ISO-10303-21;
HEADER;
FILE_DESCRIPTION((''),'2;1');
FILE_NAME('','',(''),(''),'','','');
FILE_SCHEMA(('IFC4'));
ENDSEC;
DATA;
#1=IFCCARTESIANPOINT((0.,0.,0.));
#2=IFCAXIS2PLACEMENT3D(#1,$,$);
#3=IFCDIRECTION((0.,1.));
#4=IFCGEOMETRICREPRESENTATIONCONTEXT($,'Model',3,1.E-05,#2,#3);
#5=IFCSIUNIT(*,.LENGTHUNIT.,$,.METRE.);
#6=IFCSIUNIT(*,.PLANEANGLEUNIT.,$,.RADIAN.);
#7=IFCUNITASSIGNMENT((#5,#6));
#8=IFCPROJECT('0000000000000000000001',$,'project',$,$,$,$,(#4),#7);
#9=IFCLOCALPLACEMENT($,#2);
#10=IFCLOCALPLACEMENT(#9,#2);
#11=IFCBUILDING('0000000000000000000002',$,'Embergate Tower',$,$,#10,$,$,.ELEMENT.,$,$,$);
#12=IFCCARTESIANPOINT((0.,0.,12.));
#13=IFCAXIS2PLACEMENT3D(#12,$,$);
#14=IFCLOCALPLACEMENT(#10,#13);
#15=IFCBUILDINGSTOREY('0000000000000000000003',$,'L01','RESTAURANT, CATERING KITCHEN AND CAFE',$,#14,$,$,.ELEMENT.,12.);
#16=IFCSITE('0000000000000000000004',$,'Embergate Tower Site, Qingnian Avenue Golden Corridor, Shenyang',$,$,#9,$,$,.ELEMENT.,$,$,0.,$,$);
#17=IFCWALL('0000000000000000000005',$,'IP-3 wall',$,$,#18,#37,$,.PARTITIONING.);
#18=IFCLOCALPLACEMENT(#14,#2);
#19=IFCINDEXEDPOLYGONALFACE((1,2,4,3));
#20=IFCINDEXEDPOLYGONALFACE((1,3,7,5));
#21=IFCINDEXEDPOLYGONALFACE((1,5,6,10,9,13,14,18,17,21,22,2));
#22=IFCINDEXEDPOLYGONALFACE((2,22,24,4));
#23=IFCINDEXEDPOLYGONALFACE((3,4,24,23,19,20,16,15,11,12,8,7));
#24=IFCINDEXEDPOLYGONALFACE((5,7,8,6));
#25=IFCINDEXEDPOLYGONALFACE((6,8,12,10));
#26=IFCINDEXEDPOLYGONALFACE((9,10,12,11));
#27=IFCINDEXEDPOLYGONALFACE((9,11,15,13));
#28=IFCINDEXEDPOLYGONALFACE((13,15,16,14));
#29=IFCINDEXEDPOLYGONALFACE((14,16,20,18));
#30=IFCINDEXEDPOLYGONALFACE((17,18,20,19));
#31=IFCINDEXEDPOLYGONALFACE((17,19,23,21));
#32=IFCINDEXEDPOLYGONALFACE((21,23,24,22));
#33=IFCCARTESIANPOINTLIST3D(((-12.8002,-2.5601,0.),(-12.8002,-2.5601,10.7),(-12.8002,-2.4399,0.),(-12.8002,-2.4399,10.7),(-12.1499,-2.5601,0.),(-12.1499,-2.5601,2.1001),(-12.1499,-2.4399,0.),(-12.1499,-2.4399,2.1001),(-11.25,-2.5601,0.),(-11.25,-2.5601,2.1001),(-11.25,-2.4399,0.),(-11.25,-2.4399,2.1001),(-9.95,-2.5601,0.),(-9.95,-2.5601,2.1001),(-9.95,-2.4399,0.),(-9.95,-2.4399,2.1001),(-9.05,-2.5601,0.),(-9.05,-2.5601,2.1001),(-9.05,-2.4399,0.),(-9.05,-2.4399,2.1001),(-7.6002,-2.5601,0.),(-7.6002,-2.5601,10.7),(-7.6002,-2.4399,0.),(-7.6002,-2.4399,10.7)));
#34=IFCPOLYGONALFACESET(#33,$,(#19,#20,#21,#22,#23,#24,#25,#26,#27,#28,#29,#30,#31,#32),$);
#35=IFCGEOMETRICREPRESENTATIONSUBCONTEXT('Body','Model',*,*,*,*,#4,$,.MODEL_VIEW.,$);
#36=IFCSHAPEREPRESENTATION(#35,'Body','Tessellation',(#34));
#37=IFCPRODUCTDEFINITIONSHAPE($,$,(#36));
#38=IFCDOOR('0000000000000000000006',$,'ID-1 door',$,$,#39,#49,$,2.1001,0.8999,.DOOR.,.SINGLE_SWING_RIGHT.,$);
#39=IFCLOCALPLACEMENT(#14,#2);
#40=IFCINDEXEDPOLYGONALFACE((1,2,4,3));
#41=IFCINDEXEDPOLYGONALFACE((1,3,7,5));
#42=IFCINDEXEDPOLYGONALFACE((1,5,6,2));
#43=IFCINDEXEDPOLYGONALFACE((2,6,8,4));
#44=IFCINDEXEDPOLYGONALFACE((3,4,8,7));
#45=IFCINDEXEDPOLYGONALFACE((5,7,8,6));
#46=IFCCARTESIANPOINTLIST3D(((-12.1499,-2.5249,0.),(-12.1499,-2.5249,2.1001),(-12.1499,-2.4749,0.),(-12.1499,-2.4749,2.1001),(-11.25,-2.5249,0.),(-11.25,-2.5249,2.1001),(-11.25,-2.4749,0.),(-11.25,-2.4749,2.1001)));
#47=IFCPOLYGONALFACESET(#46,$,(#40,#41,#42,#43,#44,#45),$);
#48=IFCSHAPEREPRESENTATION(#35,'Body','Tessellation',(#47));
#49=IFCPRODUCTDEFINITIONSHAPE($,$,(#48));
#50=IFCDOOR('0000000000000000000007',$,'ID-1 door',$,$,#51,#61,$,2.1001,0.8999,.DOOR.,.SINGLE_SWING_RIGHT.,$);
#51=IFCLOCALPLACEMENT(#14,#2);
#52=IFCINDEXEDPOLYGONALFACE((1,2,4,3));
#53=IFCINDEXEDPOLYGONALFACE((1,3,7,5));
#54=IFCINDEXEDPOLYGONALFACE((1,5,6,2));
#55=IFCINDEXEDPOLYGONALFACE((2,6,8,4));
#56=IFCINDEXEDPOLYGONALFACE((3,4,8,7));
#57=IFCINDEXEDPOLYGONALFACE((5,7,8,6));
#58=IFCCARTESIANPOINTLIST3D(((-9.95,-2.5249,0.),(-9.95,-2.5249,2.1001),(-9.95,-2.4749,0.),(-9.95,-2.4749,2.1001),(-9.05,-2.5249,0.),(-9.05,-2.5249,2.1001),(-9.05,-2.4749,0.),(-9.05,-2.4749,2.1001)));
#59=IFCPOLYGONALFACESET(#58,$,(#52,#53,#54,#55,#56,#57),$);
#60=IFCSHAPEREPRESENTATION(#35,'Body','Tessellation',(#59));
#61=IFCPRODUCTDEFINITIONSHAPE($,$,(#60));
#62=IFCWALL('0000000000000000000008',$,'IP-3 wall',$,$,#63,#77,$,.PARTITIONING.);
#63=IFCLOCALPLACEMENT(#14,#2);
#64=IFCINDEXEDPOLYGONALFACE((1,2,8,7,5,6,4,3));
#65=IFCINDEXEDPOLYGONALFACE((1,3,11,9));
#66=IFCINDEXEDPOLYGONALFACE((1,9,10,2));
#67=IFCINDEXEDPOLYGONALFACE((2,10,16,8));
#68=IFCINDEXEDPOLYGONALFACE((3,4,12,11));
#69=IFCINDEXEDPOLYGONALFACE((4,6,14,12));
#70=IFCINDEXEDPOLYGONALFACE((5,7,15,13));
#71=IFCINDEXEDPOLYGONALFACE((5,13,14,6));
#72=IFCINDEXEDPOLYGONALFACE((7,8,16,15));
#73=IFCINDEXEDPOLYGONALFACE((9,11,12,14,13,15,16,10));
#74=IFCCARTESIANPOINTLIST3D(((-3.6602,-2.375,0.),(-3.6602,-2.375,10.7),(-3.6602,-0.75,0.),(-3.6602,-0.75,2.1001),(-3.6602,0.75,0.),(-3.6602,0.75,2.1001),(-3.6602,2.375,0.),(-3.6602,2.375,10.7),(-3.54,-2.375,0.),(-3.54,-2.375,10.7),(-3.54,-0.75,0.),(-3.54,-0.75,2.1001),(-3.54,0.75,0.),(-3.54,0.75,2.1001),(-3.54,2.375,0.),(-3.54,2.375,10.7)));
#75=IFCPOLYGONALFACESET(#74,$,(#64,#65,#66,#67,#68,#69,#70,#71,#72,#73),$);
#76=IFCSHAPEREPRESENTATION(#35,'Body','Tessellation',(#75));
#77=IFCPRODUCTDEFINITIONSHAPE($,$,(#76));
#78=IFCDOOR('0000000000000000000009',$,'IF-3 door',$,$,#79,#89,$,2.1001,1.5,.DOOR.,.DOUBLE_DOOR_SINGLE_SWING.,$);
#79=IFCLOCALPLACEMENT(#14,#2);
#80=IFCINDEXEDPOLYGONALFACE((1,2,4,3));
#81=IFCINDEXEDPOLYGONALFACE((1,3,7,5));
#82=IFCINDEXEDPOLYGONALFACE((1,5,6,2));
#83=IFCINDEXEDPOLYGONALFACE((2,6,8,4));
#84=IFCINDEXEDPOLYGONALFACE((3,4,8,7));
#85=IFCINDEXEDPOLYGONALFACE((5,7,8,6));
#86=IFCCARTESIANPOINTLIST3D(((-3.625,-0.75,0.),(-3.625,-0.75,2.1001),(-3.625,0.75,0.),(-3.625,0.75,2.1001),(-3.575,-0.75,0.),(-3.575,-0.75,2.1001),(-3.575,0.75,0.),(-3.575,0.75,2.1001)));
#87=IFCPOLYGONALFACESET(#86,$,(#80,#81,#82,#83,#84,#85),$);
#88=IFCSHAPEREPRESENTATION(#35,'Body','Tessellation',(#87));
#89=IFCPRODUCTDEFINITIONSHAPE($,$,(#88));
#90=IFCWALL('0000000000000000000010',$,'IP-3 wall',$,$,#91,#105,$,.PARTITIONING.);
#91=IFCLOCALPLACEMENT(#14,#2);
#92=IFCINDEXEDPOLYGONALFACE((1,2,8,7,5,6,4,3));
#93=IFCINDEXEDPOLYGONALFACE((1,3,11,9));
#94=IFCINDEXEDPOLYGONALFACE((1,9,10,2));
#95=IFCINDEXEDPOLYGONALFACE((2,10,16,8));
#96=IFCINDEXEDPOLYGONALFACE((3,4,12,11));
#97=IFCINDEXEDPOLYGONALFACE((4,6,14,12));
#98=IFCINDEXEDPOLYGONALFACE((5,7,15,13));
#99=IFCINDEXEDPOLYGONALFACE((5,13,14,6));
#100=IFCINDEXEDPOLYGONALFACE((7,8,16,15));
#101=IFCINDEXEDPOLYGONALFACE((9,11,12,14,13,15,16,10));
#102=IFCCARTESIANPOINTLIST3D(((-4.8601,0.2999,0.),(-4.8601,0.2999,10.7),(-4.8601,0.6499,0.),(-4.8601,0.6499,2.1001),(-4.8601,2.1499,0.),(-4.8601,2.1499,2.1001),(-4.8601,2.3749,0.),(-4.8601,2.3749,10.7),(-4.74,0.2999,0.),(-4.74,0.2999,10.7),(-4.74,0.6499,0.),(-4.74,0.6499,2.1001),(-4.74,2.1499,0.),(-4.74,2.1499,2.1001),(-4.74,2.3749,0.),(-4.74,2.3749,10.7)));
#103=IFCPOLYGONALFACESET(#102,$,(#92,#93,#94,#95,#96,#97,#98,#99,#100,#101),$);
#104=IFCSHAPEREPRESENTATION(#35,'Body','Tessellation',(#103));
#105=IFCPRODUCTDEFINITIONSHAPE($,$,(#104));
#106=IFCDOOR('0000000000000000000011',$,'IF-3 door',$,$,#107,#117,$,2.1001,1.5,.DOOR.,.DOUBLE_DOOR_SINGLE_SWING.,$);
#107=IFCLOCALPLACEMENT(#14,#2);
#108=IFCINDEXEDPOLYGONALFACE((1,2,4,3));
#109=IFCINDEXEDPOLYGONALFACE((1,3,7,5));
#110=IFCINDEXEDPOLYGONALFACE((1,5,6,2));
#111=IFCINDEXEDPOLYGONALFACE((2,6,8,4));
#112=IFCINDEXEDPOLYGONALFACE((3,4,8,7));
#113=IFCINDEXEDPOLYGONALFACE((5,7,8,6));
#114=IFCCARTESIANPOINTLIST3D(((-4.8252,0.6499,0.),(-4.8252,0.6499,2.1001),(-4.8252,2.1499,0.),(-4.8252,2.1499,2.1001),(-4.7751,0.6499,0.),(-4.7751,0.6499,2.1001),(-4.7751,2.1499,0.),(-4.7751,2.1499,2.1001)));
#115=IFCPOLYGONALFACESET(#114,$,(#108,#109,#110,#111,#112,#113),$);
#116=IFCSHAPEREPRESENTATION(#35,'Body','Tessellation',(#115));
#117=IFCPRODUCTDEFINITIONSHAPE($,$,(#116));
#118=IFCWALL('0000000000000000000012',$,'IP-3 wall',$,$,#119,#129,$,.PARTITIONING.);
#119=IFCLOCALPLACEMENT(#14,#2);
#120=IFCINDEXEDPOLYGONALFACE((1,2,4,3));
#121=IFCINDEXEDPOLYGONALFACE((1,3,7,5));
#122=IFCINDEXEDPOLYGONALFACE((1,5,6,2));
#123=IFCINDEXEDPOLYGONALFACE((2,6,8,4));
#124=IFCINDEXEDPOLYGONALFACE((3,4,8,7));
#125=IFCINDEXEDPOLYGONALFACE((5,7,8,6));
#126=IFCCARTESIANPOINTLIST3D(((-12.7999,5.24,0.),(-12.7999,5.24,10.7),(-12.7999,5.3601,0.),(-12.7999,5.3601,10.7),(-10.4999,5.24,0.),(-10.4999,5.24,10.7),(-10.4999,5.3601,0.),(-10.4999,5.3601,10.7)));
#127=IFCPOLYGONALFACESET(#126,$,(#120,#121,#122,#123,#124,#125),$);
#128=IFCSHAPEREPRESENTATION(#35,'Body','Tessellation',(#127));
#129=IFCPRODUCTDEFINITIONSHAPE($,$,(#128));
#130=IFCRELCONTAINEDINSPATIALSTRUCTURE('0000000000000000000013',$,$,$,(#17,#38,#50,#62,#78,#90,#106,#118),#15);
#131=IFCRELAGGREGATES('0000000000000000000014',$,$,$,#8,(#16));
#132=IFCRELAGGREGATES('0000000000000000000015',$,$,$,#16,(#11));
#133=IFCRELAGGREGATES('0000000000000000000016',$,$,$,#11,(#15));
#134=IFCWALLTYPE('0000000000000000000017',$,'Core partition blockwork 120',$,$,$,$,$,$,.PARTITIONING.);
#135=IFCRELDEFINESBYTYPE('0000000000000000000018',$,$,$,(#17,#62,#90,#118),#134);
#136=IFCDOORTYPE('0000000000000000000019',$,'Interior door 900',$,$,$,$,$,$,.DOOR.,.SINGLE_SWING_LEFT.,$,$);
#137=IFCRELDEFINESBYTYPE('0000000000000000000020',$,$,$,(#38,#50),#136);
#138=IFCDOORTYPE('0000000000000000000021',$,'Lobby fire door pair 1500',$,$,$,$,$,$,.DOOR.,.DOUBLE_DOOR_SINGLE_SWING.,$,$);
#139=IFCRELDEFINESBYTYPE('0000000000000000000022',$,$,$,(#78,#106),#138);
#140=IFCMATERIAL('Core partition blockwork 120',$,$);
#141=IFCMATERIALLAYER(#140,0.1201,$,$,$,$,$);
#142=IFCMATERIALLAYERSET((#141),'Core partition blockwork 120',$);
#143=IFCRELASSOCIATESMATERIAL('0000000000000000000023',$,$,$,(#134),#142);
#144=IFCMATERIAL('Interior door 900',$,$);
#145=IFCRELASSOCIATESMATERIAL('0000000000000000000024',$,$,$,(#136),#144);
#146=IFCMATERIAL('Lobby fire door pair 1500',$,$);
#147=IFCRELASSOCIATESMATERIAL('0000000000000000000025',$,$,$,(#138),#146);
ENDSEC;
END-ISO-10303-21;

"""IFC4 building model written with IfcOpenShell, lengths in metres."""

from ifc_helpers import new_model, si_unit, direction, frame, frame_2d, origin, place, context, subcontext, project, spatial, rectangle, extrude, source, transform, mapped, material, layer, layer_set, type_object, element, fill, save


model = new_model("IFC4")

# Units and contexts
model_context = context("Model", 3, precision=1e-05, world=origin(), true_north=direction((0.0, 1.0)))
body_context = subcontext(model_context, "Body", "Model", "MODEL_VIEW")
ifc_project = project(units=[si_unit("LENGTHUNIT", "METRE"), si_unit("PLANEANGLEUNIT", "RADIAN")], contexts=[model_context])

# Site, building, storey
site_placement = place(None, origin())
site = spatial("IfcSite", under=ifc_project, at=site_placement, Name="Embergate Tower Site, Qingnian Avenue Golden Corridor, Shenyang", CompositionType="ELEMENT", RefElevation=0.0)
building_placement = place(site_placement, origin())
building = spatial("IfcBuilding", under=site, at=building_placement, Name="Embergate Tower", CompositionType="ELEMENT")
storey_placement = place(building_placement, frame((0.0, 0.0, 12.0)))
storey = spatial("IfcBuildingStorey", under=building, at=storey_placement, Name="L01", Description="RESTAURANT, CATERING KITCHEN AND CAFE", CompositionType="ELEMENT", Elevation=12.0)

# Shared definitions
ifc_material_1 = material(Name="Core partition blockwork 120")
ifc_layer_1 = layer(ifc_material_1, 0.1201)
ifc_layer_set_1 = layer_set([ifc_layer_1], Name="Core partition blockwork 120")
wall_type_1 = type_object("IfcWallType", Name="Core partition blockwork 120", PredefinedType="PARTITIONING", material=ifc_layer_set_1)

# Wall, openings, doors
shared_shape_1 = source(origin(), body_context, "Body", "SweptSolid", [
    extrude(rectangle(XDim=5.2, YDim=0.1201, at=frame_2d((2.6001, 0.0))), origin(), (0.0, 0.0, 1.0), 10.7),
])
wall_1_placement = place(storey_placement, frame((-7.6001, -2.5, 0.0), z_axis=(0.0, 0.0, 1.0), x_axis=(-1.0, 0.0, 0.0)))
wall_1 = element("IfcWall", 1, at=wall_1_placement, inside=storey, type_object=wall_type_1, Name="IP-3 wall", PredefinedType="PARTITIONING", context=body_context, shape_type="MappedRepresentation", body=[
    mapped(shared_shape_1, transform((0.0, 0.0, 0.0))),
])
shared_shape_2 = source(origin(), body_context, "Body", "SweptSolid", [
    extrude(rectangle(XDim=0.8999, YDim=2.1001, at=frame_2d((0.45, 1.05))), frame((0.0, 0.0701, 0.0), z_axis=(0.0, -1.0, 0.0), x_axis=(1.0, 0.0, 0.0)), (0.0, 0.0, 1.0), 0.1401),
])
opening_1_placement = place(wall_1_placement, frame((3.6499, 0.0, 0.0)))
opening_1 = element("IfcOpeningElement", 2, at=opening_1_placement, cuts=wall_1, PredefinedType="OPENING", context=body_context, shape_type="MappedRepresentation", body=[
    mapped(shared_shape_2, transform((0.0, 0.0, 0.0))),
])
opening_2_placement = place(wall_1_placement, frame((1.45, 0.0, 0.0)))
opening_2 = element("IfcOpeningElement", 3, at=opening_2_placement, cuts=wall_1, PredefinedType="OPENING", context=body_context, shape_type="MappedRepresentation", body=[
    mapped(shared_shape_2, transform((0.0, 0.0, 0.0))),
])
ifc_material_2 = material(Name="Interior door 900")
door_type_1 = type_object("IfcDoorType", Name="Interior door 900", OperationType="SINGLE_SWING_LEFT", PredefinedType="DOOR", material=ifc_material_2)
shared_shape_3 = source(origin(), body_context, "Body", "SweptSolid", [
    extrude(rectangle(XDim=0.8999, YDim=2.1001, at=frame_2d((0.45, 1.05))), frame((0.0, 0.0249, 0.0), z_axis=(0.0, -1.0, 0.0), x_axis=(1.0, 0.0, 0.0)), (0.0, 0.0, 1.0), 0.05),
])
door_1_placement = place(opening_1_placement, origin())
door_1 = element("IfcDoor", 4, at=door_1_placement, inside=storey, type_object=door_type_1, Name="ID-1 door", OperationType="SINGLE_SWING_RIGHT", OverallHeight=2.1001, OverallWidth=0.8999, PredefinedType="DOOR", context=body_context, shape_type="MappedRepresentation", body=[
    mapped(shared_shape_3, transform((0.0, 0.0, 0.0))),
])
fill(opening_1, door_1)
door_2_placement = place(opening_2_placement, origin())
door_2 = element("IfcDoor", 5, at=door_2_placement, inside=storey, type_object=door_type_1, Name="ID-1 door", OperationType="SINGLE_SWING_RIGHT", OverallHeight=2.1001, OverallWidth=0.8999, PredefinedType="DOOR", context=body_context, shape_type="MappedRepresentation", body=[
    mapped(shared_shape_3, transform((0.0, 0.0, 0.0))),
])
fill(opening_2, door_2)

# Walls, openings, doors
shared_shape_4 = source(origin(), body_context, "Body", "SweptSolid", [
    extrude(rectangle(XDim=4.75, YDim=0.1201, at=frame_2d((2.375, 0.0))), origin(), (0.0, 0.0, 1.0), 10.7),
])
wall_2_placement = place(storey_placement, frame((-3.6001, -2.375, 0.0), z_axis=(0.0, 0.0, 1.0), x_axis=(0.0, 1.0, 0.0)))
wall_2 = element("IfcWall", 6, at=wall_2_placement, inside=storey, type_object=wall_type_1, Name="IP-3 wall", PredefinedType="PARTITIONING", context=body_context, shape_type="MappedRepresentation", body=[
    mapped(shared_shape_4, transform((0.0, 0.0, 0.0))),
])
shared_shape_5 = source(origin(), body_context, "Body", "SweptSolid", [
    extrude(rectangle(XDim=1.5, YDim=2.1001, at=frame_2d((0.75, 1.05))), frame((0.0, 0.0701, 0.0), z_axis=(0.0, -1.0, 0.0), x_axis=(1.0, 0.0, 0.0)), (0.0, 0.0, 1.0), 0.1401),
])
opening_3_placement = place(wall_2_placement, frame((1.625, 0.0, 0.0)))
opening_3 = element("IfcOpeningElement", 7, at=opening_3_placement, cuts=wall_2, PredefinedType="OPENING", context=body_context, shape_type="MappedRepresentation", body=[
    mapped(shared_shape_5, transform((0.0, 0.0, 0.0))),
])
ifc_material_3 = material(Name="Lobby fire door pair 1500")
door_type_2 = type_object("IfcDoorType", Name="Lobby fire door pair 1500", OperationType="DOUBLE_DOOR_SINGLE_SWING", PredefinedType="DOOR", material=ifc_material_3)
shared_shape_6 = source(origin(), body_context, "Body", "SweptSolid", [
    extrude(rectangle(XDim=1.5, YDim=2.1001, at=frame_2d((0.75, 1.05))), frame((0.0, 0.0249, 0.0), z_axis=(0.0, -1.0, 0.0), x_axis=(1.0, 0.0, 0.0)), (0.0, 0.0, 1.0), 0.05),
])
door_3_placement = place(opening_3_placement, origin())
door_3 = element("IfcDoor", 8, at=door_3_placement, inside=storey, type_object=door_type_2, Name="IF-3 door", OperationType="DOUBLE_DOOR_SINGLE_SWING", OverallHeight=2.1001, OverallWidth=1.5, PredefinedType="DOOR", context=body_context, shape_type="MappedRepresentation", body=[
    mapped(shared_shape_6, transform((0.0, 0.0, 0.0))),
])
fill(opening_3, door_3)
shared_shape_7 = source(origin(), body_context, "Body", "SweptSolid", [
    extrude(rectangle(XDim=2.075, YDim=0.1201, at=frame_2d((1.0376, 0.0))), origin(), (0.0, 0.0, 1.0), 10.7),
])
wall_3_placement = place(storey_placement, frame((-4.8, 2.375, 0.0), z_axis=(0.0, 0.0, 1.0), x_axis=(0.0, -1.0, 0.0)))
wall_3 = element("IfcWall", 9, at=wall_3_placement, inside=storey, type_object=wall_type_1, Name="IP-3 wall", PredefinedType="PARTITIONING", context=body_context, shape_type="MappedRepresentation", body=[
    mapped(shared_shape_7, transform((0.0, 0.0, 0.0))),
])
opening_4_placement = place(wall_3_placement, frame((0.2251, 0.0, 0.0)))
opening_4 = element("IfcOpeningElement", 10, at=opening_4_placement, cuts=wall_3, PredefinedType="OPENING", context=body_context, shape_type="MappedRepresentation", body=[
    mapped(shared_shape_5, transform((0.0, 0.0, 0.0))),
])
door_4_placement = place(opening_4_placement, origin())
door_4 = element("IfcDoor", 11, at=door_4_placement, inside=storey, type_object=door_type_2, Name="IF-3 door", OperationType="DOUBLE_DOOR_SINGLE_SWING", OverallHeight=2.1001, OverallWidth=1.5, PredefinedType="DOOR", context=body_context, shape_type="MappedRepresentation", body=[
    mapped(shared_shape_6, transform((0.0, 0.0, 0.0))),
])
fill(opening_4, door_4)

# Wall
shared_shape_8 = source(origin(), body_context, "Body", "SweptSolid", [
    extrude(rectangle(XDim=2.3, YDim=0.1201, at=frame_2d((1.1499, 0.0))), origin(), (0.0, 0.0, 1.0), 10.7),
])
wall_4_placement = place(storey_placement, frame((-10.5, 5.3, 0.0), z_axis=(0.0, 0.0, 1.0), x_axis=(-1.0, 0.0, 0.0)))
element("IfcWall", 12, at=wall_4_placement, inside=storey, type_object=wall_type_1, Name="IP-3 wall", PredefinedType="PARTITIONING", context=body_context, shape_type="MappedRepresentation", body=[
    mapped(shared_shape_8, transform((0.0, 0.0, 0.0))),
])

save(model, "model.ifc")
